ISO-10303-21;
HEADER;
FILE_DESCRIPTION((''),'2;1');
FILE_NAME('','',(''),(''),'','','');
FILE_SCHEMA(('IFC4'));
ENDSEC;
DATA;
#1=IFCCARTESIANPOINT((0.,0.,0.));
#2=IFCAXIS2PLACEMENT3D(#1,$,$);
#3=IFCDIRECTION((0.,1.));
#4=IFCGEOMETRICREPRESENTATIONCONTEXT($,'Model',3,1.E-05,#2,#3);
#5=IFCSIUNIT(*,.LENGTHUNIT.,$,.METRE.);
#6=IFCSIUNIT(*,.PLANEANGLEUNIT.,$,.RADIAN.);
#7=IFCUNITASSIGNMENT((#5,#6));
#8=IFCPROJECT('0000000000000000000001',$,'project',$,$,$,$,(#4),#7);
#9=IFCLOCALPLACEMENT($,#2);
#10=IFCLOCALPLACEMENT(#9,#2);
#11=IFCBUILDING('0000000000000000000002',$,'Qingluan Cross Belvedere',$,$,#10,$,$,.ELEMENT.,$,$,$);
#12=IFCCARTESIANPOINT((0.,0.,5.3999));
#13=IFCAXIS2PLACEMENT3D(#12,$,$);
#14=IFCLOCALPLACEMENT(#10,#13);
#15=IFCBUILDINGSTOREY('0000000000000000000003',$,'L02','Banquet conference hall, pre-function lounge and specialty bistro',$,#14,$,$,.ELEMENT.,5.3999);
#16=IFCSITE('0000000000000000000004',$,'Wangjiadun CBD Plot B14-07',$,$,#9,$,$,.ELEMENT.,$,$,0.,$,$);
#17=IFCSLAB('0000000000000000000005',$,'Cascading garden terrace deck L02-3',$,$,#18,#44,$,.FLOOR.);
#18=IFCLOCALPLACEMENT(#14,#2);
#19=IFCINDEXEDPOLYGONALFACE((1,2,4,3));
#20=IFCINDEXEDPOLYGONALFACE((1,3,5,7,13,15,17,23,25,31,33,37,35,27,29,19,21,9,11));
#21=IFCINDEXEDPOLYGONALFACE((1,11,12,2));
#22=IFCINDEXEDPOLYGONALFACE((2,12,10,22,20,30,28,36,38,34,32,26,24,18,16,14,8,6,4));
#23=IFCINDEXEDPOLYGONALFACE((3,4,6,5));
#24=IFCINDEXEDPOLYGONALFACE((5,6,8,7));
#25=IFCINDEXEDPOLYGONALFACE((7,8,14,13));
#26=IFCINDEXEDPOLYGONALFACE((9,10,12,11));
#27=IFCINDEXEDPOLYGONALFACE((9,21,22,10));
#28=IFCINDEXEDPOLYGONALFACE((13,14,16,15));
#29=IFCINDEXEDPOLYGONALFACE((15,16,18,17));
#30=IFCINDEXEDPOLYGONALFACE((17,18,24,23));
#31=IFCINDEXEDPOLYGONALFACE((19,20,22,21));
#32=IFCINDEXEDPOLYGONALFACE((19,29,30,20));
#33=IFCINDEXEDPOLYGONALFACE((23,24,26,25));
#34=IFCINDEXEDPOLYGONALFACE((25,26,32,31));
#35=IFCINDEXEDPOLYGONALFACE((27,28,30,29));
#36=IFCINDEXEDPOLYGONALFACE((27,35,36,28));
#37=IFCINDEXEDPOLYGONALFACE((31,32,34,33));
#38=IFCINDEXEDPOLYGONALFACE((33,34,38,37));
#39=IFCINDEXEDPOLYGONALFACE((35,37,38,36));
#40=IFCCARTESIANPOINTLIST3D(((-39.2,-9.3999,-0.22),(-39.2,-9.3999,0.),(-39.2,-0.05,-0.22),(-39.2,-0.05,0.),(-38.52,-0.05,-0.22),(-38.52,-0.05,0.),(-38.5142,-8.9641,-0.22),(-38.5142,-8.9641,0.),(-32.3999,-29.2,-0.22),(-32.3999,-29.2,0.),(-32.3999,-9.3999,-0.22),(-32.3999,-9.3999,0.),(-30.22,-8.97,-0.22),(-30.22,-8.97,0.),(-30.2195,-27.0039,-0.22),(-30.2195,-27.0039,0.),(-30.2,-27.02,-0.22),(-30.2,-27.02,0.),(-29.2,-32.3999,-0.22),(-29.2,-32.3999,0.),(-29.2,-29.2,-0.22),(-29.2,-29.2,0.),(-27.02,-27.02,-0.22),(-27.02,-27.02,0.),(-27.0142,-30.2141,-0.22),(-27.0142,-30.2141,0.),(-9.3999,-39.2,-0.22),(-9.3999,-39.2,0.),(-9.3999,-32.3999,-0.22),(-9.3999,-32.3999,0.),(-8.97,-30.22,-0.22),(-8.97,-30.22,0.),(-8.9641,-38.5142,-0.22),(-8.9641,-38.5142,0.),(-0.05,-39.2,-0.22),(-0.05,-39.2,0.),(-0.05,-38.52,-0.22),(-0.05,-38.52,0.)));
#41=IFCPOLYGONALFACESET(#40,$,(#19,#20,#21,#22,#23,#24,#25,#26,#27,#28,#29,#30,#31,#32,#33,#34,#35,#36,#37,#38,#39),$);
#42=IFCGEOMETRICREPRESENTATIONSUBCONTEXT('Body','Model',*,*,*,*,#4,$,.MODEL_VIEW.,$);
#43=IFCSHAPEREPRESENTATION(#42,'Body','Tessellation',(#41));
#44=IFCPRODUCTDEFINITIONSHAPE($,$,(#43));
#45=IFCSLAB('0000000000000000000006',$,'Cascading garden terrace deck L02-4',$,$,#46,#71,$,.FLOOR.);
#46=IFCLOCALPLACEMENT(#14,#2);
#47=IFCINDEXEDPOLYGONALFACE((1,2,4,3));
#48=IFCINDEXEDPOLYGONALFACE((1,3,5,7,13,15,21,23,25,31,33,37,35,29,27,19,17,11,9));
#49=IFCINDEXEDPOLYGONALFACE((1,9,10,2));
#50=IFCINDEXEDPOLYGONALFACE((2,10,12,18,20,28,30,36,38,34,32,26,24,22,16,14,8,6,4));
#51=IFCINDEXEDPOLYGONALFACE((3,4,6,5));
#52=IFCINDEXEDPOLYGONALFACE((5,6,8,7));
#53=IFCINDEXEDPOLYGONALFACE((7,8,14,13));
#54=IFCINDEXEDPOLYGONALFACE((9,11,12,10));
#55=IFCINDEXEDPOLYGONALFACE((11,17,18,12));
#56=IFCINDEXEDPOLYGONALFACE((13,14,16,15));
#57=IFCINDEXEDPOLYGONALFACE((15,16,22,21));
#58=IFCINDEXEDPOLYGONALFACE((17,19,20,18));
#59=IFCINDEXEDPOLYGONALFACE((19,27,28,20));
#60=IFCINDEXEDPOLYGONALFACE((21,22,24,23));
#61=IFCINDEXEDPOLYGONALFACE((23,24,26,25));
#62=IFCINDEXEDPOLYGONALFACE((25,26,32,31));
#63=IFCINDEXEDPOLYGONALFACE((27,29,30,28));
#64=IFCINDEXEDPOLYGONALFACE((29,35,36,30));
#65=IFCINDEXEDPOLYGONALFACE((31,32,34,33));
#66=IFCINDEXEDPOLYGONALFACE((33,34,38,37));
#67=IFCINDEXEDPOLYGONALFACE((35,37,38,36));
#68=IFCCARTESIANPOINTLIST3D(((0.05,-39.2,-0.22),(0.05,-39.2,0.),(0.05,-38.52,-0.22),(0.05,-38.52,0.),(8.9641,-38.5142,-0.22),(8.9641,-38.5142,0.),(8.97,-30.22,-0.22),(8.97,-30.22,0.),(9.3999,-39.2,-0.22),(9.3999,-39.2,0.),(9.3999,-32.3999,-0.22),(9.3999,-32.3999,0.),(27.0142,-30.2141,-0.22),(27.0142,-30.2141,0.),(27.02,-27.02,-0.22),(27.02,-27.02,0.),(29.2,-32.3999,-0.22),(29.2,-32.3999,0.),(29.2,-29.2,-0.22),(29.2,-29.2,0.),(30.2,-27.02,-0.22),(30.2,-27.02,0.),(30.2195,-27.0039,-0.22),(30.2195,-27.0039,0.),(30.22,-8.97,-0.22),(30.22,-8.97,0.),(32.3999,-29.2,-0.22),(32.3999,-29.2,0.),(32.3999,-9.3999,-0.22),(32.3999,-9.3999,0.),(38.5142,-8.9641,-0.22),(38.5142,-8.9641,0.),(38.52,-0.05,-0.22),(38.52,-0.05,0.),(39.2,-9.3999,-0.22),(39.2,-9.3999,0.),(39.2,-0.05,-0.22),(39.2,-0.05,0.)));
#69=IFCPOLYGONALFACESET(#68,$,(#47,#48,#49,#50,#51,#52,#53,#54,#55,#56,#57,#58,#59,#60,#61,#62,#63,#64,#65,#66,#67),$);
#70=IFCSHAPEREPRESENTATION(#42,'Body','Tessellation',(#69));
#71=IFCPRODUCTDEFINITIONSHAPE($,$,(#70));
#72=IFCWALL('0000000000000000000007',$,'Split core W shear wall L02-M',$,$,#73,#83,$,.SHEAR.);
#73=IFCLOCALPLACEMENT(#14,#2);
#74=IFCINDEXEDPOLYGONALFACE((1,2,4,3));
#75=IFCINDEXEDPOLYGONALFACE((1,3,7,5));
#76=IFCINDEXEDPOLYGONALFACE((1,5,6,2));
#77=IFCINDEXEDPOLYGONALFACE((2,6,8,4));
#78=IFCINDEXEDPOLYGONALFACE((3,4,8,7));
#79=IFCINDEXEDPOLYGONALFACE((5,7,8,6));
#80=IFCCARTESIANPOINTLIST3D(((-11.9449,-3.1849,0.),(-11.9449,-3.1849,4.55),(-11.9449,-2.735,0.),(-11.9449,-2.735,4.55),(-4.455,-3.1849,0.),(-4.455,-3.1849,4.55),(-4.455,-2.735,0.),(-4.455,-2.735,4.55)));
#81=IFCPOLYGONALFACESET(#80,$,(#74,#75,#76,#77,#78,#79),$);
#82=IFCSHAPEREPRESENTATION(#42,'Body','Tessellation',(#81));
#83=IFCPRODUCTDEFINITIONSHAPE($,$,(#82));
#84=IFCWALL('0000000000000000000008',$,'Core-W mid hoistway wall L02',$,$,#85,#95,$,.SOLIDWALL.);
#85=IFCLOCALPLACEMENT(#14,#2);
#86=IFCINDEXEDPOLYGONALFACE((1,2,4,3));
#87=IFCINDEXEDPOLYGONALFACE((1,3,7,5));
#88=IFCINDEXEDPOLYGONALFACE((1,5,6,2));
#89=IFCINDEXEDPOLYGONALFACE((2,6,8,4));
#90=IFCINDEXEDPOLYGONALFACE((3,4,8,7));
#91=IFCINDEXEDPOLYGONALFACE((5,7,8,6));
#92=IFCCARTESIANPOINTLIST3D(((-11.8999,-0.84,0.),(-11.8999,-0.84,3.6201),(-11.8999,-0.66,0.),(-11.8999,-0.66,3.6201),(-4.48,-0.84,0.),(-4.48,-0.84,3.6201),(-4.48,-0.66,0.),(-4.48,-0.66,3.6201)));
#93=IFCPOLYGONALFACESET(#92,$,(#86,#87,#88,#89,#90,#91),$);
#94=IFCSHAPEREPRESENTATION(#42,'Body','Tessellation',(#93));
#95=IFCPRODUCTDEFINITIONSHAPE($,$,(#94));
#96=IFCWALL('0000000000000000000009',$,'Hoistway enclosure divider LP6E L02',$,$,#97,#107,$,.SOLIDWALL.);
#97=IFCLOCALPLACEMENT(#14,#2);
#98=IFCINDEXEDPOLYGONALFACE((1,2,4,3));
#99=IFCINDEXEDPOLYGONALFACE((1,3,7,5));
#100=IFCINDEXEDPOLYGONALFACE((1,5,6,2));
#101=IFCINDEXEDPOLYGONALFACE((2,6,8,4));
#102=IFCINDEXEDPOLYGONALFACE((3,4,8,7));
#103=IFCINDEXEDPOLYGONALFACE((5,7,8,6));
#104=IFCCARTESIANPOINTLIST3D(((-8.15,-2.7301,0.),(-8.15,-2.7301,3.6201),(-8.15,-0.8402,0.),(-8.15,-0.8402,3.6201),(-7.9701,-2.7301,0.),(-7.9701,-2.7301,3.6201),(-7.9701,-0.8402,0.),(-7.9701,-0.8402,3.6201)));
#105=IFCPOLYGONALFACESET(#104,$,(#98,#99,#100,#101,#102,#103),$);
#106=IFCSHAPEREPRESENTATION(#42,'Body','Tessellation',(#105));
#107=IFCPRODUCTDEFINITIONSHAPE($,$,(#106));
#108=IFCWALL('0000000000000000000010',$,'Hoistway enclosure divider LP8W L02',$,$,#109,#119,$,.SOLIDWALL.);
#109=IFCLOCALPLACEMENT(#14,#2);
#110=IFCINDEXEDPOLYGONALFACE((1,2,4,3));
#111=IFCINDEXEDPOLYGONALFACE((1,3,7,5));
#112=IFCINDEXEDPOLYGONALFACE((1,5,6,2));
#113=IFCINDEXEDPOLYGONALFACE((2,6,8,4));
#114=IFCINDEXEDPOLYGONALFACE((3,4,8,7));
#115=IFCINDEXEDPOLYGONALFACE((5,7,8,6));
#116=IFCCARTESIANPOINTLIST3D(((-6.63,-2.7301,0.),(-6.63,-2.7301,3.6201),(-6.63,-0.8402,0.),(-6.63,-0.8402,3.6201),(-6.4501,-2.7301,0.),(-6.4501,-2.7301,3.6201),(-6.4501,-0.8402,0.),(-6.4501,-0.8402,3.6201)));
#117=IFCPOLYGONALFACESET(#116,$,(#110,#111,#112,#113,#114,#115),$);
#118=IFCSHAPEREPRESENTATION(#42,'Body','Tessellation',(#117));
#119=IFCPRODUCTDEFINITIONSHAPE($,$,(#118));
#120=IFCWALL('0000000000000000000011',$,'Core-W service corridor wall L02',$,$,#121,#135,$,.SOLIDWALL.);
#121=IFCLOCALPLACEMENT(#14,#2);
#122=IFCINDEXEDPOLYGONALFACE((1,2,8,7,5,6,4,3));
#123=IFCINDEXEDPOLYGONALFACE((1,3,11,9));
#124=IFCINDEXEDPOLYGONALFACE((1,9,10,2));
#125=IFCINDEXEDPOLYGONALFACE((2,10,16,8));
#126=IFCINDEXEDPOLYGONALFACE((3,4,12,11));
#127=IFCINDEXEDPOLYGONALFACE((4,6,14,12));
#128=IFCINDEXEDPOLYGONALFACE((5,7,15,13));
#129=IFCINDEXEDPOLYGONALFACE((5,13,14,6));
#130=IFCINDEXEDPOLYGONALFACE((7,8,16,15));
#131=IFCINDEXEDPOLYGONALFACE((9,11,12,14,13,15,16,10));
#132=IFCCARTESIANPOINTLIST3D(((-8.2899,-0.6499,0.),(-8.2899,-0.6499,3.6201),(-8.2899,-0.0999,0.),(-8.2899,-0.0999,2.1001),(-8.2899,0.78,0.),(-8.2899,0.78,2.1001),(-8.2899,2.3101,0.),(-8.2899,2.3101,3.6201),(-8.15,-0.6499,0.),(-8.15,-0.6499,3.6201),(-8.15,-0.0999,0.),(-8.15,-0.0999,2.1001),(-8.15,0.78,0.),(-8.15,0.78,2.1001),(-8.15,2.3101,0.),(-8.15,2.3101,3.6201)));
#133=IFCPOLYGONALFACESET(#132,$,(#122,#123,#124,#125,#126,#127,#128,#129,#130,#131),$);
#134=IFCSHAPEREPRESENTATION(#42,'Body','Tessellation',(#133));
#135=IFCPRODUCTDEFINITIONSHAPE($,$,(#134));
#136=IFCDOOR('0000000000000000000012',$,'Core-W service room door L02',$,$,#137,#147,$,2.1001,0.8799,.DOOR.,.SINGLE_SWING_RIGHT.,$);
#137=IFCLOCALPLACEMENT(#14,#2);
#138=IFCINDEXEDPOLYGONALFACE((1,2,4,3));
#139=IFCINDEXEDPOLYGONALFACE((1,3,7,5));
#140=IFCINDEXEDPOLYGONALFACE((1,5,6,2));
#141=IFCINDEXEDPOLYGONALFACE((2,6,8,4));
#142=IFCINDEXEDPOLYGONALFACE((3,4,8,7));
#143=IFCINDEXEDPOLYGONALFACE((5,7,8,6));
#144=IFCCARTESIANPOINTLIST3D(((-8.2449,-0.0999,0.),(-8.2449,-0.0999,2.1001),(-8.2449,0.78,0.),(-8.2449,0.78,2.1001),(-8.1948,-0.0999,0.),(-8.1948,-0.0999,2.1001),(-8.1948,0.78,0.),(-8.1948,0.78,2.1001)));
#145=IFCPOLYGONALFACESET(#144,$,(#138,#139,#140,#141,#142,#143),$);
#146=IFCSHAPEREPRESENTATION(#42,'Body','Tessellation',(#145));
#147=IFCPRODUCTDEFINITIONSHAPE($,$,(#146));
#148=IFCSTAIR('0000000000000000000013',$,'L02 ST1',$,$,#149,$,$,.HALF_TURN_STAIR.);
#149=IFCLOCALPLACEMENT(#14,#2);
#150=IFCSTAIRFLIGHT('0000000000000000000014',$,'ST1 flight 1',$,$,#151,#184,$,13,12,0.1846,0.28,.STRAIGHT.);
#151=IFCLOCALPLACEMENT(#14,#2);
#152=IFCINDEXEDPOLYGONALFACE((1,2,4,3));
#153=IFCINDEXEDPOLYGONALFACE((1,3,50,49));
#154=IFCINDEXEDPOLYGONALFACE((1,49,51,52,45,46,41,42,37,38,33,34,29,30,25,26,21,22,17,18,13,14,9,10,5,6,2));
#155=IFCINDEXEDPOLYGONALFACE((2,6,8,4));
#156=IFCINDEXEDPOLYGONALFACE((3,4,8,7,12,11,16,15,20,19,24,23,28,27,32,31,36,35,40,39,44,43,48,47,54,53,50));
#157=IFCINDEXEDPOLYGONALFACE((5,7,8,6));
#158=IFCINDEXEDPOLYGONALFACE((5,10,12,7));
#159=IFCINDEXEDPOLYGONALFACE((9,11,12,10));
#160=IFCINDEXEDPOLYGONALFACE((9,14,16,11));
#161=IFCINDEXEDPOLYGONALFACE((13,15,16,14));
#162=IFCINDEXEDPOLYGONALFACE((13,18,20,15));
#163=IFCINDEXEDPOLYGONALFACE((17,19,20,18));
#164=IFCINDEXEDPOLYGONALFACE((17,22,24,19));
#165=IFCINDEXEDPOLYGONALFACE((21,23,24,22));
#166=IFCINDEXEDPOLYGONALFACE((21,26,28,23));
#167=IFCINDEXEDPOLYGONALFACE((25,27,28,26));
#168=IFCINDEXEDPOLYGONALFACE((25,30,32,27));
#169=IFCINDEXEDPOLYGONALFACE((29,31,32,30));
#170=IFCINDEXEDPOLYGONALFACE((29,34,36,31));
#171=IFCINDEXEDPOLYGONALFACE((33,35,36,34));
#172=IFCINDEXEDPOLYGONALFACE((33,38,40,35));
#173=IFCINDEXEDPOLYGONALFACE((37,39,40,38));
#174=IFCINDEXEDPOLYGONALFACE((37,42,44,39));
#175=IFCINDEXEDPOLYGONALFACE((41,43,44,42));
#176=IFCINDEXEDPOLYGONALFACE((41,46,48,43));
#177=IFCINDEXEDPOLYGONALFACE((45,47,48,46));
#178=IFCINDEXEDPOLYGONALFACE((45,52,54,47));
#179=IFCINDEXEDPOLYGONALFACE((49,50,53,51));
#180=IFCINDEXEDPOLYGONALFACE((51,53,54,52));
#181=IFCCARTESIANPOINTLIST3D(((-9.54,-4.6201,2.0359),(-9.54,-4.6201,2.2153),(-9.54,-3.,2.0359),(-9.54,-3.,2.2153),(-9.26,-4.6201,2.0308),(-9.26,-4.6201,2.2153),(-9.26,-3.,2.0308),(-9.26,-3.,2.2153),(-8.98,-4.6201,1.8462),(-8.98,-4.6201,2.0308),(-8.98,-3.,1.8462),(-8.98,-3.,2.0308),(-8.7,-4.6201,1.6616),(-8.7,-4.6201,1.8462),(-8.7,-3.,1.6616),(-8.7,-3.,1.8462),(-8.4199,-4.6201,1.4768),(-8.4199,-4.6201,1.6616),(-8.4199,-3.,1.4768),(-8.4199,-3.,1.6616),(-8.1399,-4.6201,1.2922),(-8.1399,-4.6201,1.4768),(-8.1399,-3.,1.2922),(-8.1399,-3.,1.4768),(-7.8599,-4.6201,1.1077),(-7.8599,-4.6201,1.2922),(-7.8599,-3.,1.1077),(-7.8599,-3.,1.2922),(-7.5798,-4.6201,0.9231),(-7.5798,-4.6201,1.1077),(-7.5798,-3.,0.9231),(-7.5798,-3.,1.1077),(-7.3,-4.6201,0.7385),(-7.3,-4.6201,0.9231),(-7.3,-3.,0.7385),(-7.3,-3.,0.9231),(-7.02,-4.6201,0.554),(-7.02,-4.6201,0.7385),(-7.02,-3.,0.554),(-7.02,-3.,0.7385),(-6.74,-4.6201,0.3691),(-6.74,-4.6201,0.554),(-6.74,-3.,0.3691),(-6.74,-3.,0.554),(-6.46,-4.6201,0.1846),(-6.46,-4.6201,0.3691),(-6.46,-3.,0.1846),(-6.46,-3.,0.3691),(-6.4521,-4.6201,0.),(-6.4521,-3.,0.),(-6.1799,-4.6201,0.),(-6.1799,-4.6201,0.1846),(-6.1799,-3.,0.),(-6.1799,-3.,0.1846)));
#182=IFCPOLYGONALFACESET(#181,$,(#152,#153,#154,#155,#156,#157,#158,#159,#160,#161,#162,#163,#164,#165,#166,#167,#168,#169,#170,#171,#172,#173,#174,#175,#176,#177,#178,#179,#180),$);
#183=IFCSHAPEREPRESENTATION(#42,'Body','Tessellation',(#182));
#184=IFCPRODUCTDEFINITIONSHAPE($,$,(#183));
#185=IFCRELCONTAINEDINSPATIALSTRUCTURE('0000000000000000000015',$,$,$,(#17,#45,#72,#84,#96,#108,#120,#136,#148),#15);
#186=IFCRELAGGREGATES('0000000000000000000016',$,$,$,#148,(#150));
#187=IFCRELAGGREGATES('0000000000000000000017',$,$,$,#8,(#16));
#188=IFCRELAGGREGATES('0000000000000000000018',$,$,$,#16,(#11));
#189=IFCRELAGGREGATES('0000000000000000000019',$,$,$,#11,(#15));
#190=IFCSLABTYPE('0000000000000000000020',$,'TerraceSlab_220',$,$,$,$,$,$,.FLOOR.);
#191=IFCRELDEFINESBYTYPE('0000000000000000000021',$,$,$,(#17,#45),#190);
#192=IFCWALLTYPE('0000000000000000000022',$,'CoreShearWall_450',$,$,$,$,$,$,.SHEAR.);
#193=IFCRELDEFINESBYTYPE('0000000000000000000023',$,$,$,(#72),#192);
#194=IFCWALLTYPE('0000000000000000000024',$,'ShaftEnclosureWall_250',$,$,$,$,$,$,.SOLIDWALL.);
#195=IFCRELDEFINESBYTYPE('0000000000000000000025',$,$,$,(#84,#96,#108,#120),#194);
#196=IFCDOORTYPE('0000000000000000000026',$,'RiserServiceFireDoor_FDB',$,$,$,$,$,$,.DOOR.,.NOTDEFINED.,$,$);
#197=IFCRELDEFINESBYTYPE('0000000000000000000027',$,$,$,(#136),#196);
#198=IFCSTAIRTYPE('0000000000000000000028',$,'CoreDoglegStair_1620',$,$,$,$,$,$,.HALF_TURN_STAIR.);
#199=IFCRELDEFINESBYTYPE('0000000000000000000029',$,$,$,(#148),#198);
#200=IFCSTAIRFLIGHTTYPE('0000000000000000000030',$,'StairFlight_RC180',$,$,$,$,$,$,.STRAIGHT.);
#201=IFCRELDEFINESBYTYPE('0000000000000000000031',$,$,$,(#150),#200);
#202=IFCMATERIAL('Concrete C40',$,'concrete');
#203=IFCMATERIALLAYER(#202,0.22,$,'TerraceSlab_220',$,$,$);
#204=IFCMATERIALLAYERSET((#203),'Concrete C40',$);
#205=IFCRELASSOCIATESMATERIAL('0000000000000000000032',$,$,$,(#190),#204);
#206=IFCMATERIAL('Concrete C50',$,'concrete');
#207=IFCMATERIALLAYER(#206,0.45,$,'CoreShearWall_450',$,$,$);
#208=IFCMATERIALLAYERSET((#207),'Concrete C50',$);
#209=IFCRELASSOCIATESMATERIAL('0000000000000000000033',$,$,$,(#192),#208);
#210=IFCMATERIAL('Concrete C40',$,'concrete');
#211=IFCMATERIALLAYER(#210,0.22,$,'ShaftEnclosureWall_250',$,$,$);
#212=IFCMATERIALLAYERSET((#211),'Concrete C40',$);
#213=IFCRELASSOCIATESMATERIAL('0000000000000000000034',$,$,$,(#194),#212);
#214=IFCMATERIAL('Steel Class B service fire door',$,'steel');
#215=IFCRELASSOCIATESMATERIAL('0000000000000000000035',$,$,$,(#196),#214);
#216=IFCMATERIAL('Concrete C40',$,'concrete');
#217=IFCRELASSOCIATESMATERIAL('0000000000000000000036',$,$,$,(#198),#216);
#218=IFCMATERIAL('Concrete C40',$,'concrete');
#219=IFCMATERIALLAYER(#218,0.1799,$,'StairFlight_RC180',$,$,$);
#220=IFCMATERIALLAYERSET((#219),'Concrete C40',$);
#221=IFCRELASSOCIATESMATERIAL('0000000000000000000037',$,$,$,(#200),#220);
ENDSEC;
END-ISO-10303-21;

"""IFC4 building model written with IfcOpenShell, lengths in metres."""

from ifc_helpers import new_model, si_unit, direction, frame, frame_2d, origin, place, context, subcontext, project, spatial, polyline, rectangle, outline, extrude, material, layer, layer_set, type_object, element, fill, aggregate, save


model = new_model("IFC4")

# Units and contexts
model_context = context("Model", 3, precision=1e-05, world=origin(), true_north=direction((0.0, 1.0)))
body_context = subcontext(model_context, "Body", "Model", "MODEL_VIEW")
ifc_project = project(units=[si_unit("LENGTHUNIT", "METRE"), si_unit("PLANEANGLEUNIT", "RADIAN")], contexts=[model_context])

# Site, building, storey
site_placement = place(None, origin())
site = spatial("IfcSite", under=ifc_project, at=site_placement, Name="Wangjiadun CBD Plot B14-07", CompositionType="ELEMENT", RefElevation=0.0)
building_placement = place(site_placement, origin())
building = spatial("IfcBuilding", under=site, at=building_placement, Name="Qingluan Cross Belvedere", CompositionType="ELEMENT")
storey_placement = place(building_placement, frame((0.0, 0.0, 5.3999)))
storey = spatial("IfcBuildingStorey", under=building, at=storey_placement, Name="L02", Description="Banquet conference hall, pre-function lounge and specialty bistro", CompositionType="ELEMENT", Elevation=5.3999)

# Slabs
ifc_material_1 = material(Name="Concrete C40", Category="concrete")
ifc_layer_1 = layer(ifc_material_1, 0.22, Name="TerraceSlab_220")
ifc_layer_set_1 = layer_set([ifc_layer_1], Name="Concrete C40")
slab_type_1 = type_object("IfcSlabType", Name="TerraceSlab_220", PredefinedType="FLOOR", material=ifc_layer_set_1)
slab_1_placement = place(storey_placement, frame((0.0, 0.0, -0.22)))
element("IfcSlab", 1, at=slab_1_placement, inside=storey, type_object=slab_type_1, Name="Cascading garden terrace deck L02-3", PredefinedType="FLOOR", context=body_context, shape_type="SweptSolid", body=[
    extrude(outline(polyline([(-0.05, -39.2), (-0.05, -38.52), (-8.9641, -38.5142), (-8.97, -30.22), (-27.0142, -30.2141), (-27.02, -27.02), (-30.2, -27.02), (-30.2195, -27.0039), (-30.22, -8.97), (-38.5142, -8.9641), (-38.52, -0.05), (-39.2, -0.05), (-39.2, -9.3999), (-32.3999, -9.3999), (-32.3999, -29.2), (-29.2, -29.2), (-29.2, -32.3999), (-9.3999, -32.3999), (-9.3999, -39.2), (-0.05, -39.2)])), origin(), (0.0, 0.0, 1.0), 0.22),
])
slab_2_placement = place(storey_placement, frame((0.0, 0.0, -0.22)))
element("IfcSlab", 2, at=slab_2_placement, inside=storey, type_object=slab_type_1, Name="Cascading garden terrace deck L02-4", PredefinedType="FLOOR", context=body_context, shape_type="SweptSolid", body=[
    extrude(outline(polyline([(9.3999, -39.2), (9.3999, -32.3999), (29.2, -32.3999), (29.2, -29.2), (32.3999, -29.2), (32.3999, -9.3999), (39.2, -9.3999), (39.2, -0.05), (38.52, -0.05), (38.5142, -8.9641), (30.22, -8.97), (30.2195, -27.0039), (30.2, -27.02), (27.02, -27.02), (27.0142, -30.2141), (8.97, -30.22), (8.9641, -38.5142), (0.05, -38.52), (0.05, -39.2), (9.3999, -39.2)])), origin(), (0.0, 0.0, 1.0), 0.22),
])

# Walls
ifc_material_2 = material(Name="Concrete C50", Category="concrete")
ifc_layer_2 = layer(ifc_material_2, 0.45, Name="CoreShearWall_450")
ifc_layer_set_2 = layer_set([ifc_layer_2], Name="Concrete C50")
wall_type_1 = type_object("IfcWallType", Name="CoreShearWall_450", PredefinedType="SHEAR", material=ifc_layer_set_2)
wall_1_placement = place(storey_placement, frame((-11.9451, -2.96, 0.0), z_axis=(0.0, 0.0, 1.0), x_axis=(1.0, 0.0, 0.0)))
element("IfcWall", 3, at=wall_1_placement, inside=storey, type_object=wall_type_1, Name="Split core W shear wall L02-M", PredefinedType="SHEAR", context=body_context, shape_type="SweptSolid", body=[
    extrude(rectangle(XDim=7.49, YDim=0.45, at=frame_2d((3.7451, 0.0))), origin(), (0.0, 0.0, 1.0), 4.55),
])
ifc_material_3 = material(Name="Concrete C40", Category="concrete")
ifc_layer_3 = layer(ifc_material_3, 0.22, Name="ShaftEnclosureWall_250")
ifc_layer_set_3 = layer_set([ifc_layer_3], Name="Concrete C40")
wall_type_2 = type_object("IfcWallType", Name="ShaftEnclosureWall_250", PredefinedType="SOLIDWALL", material=ifc_layer_set_3)
wall_2_placement = place(storey_placement, frame((-11.8999, -0.75, 0.0), z_axis=(0.0, 0.0, 1.0), x_axis=(1.0, 0.0, 0.0)))
element("IfcWall", 4, at=wall_2_placement, inside=storey, type_object=wall_type_2, Name="Core-W mid hoistway wall L02", PredefinedType="SOLIDWALL", context=body_context, shape_type="SweptSolid", body=[
    extrude(rectangle(XDim=7.4199, YDim=0.1799, at=frame_2d((3.71, 0.0))), origin(), (0.0, 0.0, 1.0), 3.6201),
])
for number, where, z_axis, x_axis, name in (
    (5, (-8.0601, -2.73, 0.0), (0.0, 0.0, 1.0), (0.0, 1.0, 0.0), "Hoistway enclosure divider LP6E L02"),
    (6, (-6.54, -2.73, 0.0), (0.0, 0.0, 1.0), (0.0, 1.0, 0.0), "Hoistway enclosure divider LP8W L02"),
):
    element("IfcWall", number, at=place(storey_placement, frame(where, z_axis=z_axis, x_axis=x_axis)), inside=storey, type_object=wall_type_2, Name=name, PredefinedType="SOLIDWALL", context=body_context, shape_type="SweptSolid", body=[
        extrude(rectangle(XDim=1.8899, YDim=0.1799, at=frame_2d((0.9448, 0.0))), origin(), (0.0, 0.0, 1.0), 3.6201),
    ])

# Wall, opening, door
wall_3_placement = place(storey_placement, frame((-8.22, -0.6499, 0.0), z_axis=(0.0, 0.0, 1.0), x_axis=(0.0, 1.0, 0.0)))
wall_3 = element("IfcWall", 7, at=wall_3_placement, inside=storey, type_object=wall_type_2, Name="Core-W service corridor wall L02", PredefinedType="SOLIDWALL", context=body_context, shape_type="SweptSolid", body=[
    extrude(rectangle(XDim=2.96, YDim=0.1399, at=frame_2d((1.48, 0.0))), origin(), (0.0, 0.0, 1.0), 3.6201),
])
opening_placement = place(wall_3_placement, frame((0.55, 0.0, 0.0)))
opening = element("IfcOpeningElement", 8, at=opening_placement, cuts=wall_3, PredefinedType="OPENING", context=body_context, shape_type="SweptSolid", body=[
    extrude(rectangle(XDim=0.8799, YDim=2.1001, at=frame_2d((0.4399, 1.05))), frame((0.0, 0.0798, 0.0), z_axis=(0.0, -1.0, 0.0), x_axis=(1.0, 0.0, 0.0)), (0.0, 0.0, 1.0), 0.1599),
])
ifc_material_4 = material(Name="Steel Class B service fire door", Category="steel")
door_type = type_object("IfcDoorType", Name="RiserServiceFireDoor_FDB", OperationType="NOTDEFINED", PredefinedType="DOOR", material=ifc_material_4)
door_placement = place(opening_placement, origin())
door = element("IfcDoor", 9, at=door_placement, inside=storey, type_object=door_type, Name="Core-W service room door L02", OperationType="SINGLE_SWING_RIGHT", OverallHeight=2.1001, OverallWidth=0.8799, PredefinedType="DOOR", context=body_context, shape_type="SweptSolid", body=[
    extrude(rectangle(XDim=0.8799, YDim=2.1001, at=frame_2d((0.4399, 1.05))), frame((0.0, 0.0249, 0.0), z_axis=(0.0, -1.0, 0.0), x_axis=(1.0, 0.0, 0.0)), (0.0, 0.0, 1.0), 0.05),
])
fill(opening, door)

# Stair, stair flight
ifc_material_5 = material(Name="Concrete C40", Category="concrete")
stair_type = type_object("IfcStairType", Name="CoreDoglegStair_1620", PredefinedType="HALF_TURN_STAIR", material=ifc_material_5)
stair_placement = place(storey_placement, origin())
stair = element("IfcStair", 10, at=stair_placement, inside=storey, type_object=stair_type, Name="L02 ST1", PredefinedType="HALF_TURN_STAIR")
ifc_material_6 = material(Name="Concrete C40", Category="concrete")
ifc_layer_4 = layer(ifc_material_6, 0.1799, Name="StairFlight_RC180")
ifc_layer_set_4 = layer_set([ifc_layer_4], Name="Concrete C40")
stair_flight_type = type_object("IfcStairFlightType", Name="StairFlight_RC180", PredefinedType="STRAIGHT", material=ifc_layer_set_4)
stair_flight_placement = place(storey_placement, frame((-6.1799, -3.8101, 0.0), z_axis=(0.0, 0.0, 1.0), x_axis=(-1.0, 0.0, 0.0)))
stair_flight = element("IfcStairFlight", 11, at=stair_flight_placement, type_object=stair_flight_type, Name="ST1 flight 1", NumberOfRisers=13, NumberOfTreads=12, PredefinedType="STRAIGHT", RiserHeight=0.1846, TreadLength=0.28, context=body_context, shape_type="SweptSolid", body=[
    extrude(outline(polyline([(0.0, 0.0), (0.0, 0.1846), (0.28, 0.1846), (0.28, 0.3691), (0.5601, 0.3691), (0.5601, 0.554), (0.8401, 0.554), (0.8401, 0.7385), (1.1201, 0.7385), (1.1201, 0.9231), (1.3999, 0.9231), (1.3999, 1.1077), (1.6799, 1.1077), (1.6799, 1.2922), (1.96, 1.2922), (1.96, 1.4768), (2.24, 1.4768), (2.24, 1.6616), (2.52, 1.6616), (2.52, 1.8462), (2.8, 1.8462), (2.8, 2.0308), (3.0801, 2.0308), (3.0801, 2.2153), (3.3601, 2.2153), (3.3601, 2.3999), (3.3601, 2.0359), (0.2722, 0.0), (0.0, 0.0)])), frame((0.0, 0.8101, 0.0), z_axis=(0.0, -1.0, 0.0), x_axis=(1.0, 0.0, 0.0)), (0.0, 0.0, 1.0), 1.6201),
])
aggregate(stair, [stair_flight])

save(model, "model.ifc")
